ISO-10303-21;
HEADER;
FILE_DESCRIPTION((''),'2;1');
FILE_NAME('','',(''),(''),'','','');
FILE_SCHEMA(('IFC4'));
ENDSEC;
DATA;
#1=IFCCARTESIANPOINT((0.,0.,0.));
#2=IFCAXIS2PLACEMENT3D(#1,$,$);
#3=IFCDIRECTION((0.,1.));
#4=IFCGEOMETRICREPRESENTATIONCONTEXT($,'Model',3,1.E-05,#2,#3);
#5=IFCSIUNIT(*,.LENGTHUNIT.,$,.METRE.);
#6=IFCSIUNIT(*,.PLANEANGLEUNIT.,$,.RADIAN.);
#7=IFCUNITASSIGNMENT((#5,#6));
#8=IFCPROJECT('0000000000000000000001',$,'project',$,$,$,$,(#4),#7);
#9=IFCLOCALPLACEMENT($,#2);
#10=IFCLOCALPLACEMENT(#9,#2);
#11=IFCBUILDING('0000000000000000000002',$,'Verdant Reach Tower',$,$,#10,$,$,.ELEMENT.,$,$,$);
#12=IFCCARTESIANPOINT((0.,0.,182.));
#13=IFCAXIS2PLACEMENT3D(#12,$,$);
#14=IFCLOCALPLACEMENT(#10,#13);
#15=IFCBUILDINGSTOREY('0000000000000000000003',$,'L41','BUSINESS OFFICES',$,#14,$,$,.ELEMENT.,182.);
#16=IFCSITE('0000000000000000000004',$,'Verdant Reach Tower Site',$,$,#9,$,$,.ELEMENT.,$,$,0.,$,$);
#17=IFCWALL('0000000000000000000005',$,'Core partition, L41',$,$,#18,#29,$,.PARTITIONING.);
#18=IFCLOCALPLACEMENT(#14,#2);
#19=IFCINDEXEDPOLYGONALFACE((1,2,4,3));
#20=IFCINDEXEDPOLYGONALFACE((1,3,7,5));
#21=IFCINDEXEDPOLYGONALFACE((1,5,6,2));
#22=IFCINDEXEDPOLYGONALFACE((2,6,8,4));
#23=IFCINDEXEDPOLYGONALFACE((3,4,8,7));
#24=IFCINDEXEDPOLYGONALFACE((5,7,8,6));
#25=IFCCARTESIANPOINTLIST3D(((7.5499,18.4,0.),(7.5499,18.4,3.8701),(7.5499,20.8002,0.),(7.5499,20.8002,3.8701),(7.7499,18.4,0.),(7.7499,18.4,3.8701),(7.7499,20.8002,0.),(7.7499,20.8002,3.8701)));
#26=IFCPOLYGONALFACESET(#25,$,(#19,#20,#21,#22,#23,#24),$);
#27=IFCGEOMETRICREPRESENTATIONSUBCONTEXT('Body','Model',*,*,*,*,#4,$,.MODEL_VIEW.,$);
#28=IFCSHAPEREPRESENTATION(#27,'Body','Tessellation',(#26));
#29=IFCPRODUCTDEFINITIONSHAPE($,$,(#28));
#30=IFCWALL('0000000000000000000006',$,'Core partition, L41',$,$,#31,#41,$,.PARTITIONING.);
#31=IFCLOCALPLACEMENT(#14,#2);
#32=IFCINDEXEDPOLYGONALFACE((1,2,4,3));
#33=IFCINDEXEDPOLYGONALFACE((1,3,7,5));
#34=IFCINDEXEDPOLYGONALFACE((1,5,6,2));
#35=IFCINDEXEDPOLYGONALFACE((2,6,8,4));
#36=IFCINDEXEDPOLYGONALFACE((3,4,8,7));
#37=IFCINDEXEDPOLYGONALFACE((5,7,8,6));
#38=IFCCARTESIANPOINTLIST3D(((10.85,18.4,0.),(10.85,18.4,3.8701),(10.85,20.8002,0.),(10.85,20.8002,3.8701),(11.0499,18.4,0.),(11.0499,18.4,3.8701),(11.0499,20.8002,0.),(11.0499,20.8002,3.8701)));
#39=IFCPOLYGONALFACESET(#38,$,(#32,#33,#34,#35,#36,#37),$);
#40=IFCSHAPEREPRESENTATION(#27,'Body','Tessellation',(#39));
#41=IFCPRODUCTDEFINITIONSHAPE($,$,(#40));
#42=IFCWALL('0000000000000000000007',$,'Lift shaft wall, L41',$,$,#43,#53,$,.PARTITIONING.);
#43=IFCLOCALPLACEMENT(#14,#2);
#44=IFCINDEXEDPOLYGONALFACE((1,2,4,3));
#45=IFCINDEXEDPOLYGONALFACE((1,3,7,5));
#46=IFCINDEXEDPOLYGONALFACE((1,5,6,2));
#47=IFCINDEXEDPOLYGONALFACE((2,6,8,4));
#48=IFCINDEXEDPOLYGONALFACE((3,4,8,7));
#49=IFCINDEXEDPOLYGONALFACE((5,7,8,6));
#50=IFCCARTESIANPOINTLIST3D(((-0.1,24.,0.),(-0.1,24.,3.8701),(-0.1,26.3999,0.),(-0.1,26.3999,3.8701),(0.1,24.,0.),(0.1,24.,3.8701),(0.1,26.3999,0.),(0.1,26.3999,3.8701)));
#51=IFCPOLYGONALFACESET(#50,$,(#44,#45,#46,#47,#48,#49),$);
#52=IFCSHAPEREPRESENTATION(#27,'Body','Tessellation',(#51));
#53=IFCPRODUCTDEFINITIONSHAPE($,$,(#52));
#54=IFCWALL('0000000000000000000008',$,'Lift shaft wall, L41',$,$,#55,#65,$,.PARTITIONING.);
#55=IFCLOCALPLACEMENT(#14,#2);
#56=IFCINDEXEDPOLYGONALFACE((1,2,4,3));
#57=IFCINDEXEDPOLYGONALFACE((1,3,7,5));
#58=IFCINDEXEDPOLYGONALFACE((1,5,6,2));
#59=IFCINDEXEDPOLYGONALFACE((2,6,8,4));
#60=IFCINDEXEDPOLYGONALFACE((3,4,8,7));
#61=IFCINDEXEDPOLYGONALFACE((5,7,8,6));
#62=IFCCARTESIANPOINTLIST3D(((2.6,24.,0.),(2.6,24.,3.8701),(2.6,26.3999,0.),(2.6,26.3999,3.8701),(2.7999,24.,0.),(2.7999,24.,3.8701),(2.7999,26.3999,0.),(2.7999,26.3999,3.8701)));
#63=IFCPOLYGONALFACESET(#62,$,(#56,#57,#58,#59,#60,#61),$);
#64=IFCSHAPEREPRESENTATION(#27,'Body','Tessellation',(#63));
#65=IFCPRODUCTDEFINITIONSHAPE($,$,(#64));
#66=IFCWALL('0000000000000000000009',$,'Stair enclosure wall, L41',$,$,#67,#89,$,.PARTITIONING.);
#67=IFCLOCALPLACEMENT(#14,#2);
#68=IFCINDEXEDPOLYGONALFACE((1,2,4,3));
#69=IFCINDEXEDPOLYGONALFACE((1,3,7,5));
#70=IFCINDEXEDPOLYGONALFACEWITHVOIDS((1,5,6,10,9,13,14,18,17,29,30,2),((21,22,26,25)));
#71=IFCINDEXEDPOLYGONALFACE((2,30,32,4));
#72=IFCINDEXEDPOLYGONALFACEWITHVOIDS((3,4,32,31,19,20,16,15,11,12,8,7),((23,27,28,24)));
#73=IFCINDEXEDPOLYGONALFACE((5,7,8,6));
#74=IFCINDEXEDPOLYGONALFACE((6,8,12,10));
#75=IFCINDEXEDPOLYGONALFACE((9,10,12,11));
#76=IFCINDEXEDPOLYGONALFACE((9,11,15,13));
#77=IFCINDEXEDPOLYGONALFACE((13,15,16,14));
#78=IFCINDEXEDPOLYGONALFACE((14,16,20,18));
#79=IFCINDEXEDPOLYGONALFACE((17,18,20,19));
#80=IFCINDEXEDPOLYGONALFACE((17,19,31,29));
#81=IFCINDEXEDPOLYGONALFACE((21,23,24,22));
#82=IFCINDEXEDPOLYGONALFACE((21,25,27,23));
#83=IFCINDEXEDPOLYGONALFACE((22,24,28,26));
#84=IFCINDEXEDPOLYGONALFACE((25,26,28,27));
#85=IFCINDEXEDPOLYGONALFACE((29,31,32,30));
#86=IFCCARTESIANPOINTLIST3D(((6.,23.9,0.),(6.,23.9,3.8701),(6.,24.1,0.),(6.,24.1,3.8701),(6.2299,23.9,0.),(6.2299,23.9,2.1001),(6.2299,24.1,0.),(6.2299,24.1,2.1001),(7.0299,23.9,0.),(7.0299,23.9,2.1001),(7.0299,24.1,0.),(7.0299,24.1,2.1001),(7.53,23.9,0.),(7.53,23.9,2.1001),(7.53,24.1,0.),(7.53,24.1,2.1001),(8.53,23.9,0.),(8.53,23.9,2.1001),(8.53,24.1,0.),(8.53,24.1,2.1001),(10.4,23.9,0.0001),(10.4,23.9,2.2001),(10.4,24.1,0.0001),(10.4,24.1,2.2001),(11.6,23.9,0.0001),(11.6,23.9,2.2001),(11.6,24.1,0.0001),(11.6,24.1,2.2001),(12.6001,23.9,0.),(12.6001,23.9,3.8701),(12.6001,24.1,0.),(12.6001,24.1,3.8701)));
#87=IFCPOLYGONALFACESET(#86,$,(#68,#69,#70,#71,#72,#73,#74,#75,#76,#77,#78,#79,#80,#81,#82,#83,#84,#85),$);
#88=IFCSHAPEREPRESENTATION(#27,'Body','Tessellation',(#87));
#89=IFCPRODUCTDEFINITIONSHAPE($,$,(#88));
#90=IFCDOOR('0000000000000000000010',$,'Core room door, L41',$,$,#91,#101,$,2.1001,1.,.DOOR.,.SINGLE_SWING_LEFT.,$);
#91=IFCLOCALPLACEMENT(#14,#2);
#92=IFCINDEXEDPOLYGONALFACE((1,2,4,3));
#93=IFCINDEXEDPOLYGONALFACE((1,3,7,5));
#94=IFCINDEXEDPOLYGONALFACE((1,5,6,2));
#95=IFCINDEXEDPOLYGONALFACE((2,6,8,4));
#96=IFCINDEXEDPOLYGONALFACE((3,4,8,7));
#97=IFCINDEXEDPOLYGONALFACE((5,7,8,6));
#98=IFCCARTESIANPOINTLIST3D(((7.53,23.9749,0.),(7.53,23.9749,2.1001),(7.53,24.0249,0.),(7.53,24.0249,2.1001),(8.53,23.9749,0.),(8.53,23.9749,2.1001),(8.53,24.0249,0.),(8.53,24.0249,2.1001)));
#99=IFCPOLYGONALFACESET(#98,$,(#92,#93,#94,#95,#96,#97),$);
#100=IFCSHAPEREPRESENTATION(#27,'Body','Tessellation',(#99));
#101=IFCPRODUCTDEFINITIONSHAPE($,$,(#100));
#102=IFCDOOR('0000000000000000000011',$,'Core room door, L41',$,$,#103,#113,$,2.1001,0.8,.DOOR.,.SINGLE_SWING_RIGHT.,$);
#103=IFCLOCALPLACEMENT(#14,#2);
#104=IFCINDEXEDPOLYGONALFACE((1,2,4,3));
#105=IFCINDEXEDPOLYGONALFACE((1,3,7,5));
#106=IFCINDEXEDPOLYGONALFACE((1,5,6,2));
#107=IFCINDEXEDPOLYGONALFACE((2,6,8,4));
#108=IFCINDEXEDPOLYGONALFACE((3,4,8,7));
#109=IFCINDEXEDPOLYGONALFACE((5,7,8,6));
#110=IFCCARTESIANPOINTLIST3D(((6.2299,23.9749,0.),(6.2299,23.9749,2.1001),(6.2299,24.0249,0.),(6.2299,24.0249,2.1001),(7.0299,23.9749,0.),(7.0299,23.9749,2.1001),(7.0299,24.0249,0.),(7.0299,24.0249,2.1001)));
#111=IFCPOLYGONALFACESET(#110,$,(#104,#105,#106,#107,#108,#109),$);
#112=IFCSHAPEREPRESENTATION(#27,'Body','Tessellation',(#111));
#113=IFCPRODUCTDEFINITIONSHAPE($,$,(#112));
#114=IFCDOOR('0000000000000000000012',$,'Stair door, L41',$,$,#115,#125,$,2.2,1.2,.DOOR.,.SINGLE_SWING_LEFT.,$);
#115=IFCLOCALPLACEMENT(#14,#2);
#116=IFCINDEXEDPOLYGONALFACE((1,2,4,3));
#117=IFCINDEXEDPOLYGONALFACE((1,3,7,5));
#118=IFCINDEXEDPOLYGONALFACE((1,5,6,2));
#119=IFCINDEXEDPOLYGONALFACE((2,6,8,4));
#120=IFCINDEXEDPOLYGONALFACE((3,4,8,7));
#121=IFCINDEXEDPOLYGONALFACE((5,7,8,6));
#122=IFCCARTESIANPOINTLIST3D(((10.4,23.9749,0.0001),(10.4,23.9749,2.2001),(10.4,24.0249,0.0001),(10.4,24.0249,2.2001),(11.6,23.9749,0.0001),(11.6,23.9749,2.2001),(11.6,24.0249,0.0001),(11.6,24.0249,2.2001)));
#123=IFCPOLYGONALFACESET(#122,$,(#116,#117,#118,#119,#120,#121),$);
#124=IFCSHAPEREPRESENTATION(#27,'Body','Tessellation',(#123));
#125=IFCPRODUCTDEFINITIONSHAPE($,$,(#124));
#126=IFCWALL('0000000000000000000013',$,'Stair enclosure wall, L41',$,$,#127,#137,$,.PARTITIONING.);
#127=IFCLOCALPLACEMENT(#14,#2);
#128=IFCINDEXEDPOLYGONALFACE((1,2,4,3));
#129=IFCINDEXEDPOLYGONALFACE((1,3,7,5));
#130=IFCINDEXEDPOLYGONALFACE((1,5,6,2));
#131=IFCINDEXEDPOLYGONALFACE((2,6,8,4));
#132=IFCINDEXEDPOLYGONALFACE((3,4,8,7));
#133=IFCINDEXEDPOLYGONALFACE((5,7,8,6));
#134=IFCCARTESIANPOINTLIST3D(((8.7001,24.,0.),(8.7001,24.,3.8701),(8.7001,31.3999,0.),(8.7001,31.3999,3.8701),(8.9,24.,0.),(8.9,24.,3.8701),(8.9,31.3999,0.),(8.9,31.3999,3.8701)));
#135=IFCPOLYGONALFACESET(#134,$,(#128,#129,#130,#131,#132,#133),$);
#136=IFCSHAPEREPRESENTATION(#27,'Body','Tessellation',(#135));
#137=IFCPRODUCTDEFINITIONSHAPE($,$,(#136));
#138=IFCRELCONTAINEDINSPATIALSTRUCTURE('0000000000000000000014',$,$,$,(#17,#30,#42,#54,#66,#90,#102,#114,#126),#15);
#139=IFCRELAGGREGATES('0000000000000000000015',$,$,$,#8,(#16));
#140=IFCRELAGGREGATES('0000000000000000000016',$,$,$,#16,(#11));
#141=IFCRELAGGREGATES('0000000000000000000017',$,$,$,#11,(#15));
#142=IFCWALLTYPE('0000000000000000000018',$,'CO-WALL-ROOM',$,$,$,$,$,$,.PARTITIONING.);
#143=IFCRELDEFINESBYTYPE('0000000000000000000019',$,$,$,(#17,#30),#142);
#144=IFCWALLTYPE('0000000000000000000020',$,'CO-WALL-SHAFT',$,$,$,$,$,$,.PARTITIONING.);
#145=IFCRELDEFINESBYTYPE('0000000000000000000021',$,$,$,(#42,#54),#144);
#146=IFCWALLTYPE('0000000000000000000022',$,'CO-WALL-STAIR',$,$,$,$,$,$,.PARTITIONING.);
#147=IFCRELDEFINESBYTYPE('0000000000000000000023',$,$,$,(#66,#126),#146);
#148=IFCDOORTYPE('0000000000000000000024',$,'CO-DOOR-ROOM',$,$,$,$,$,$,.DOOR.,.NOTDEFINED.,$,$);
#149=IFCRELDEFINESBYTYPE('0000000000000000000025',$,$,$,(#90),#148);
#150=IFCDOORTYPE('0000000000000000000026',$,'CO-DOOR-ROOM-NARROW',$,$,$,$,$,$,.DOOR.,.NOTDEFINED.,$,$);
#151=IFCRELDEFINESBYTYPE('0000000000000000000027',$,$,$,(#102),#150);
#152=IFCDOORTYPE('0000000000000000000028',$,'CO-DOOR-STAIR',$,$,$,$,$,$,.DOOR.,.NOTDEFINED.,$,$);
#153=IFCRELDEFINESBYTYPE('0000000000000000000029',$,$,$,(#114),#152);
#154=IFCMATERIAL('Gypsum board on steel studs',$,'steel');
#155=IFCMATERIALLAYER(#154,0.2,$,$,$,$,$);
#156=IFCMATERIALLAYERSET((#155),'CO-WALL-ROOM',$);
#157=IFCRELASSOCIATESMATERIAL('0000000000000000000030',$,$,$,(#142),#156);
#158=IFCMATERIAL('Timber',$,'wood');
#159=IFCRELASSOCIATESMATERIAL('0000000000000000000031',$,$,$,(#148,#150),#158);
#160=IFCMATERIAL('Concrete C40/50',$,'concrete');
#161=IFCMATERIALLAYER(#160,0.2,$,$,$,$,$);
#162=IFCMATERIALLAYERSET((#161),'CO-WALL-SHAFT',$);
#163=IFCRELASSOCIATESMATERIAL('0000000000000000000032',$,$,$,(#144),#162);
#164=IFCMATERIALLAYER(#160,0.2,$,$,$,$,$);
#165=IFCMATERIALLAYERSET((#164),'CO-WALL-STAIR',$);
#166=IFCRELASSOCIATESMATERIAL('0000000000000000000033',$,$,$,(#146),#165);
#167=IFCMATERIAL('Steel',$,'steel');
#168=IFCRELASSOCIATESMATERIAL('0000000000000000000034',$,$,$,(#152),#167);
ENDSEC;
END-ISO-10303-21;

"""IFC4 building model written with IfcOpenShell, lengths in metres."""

from ifc_helpers import new_model, si_unit, direction, frame, frame_2d, origin, place, context, subcontext, project, spatial, rectangle, extrude, material, layer, layer_set, type_object, element, fill, save


model = new_model("IFC4")

# Units and contexts
model_context = context("Model", 3, precision=1e-05, world=origin(), true_north=direction((0.0, 1.0)))
body_context = subcontext(model_context, "Body", "Model", "MODEL_VIEW")
ifc_project = project(units=[si_unit("LENGTHUNIT", "METRE"), si_unit("PLANEANGLEUNIT", "RADIAN")], contexts=[model_context])

# Site, building, storey
site_placement = place(None, origin())
site = spatial("IfcSite", under=ifc_project, at=site_placement, Name="Verdant Reach Tower Site", CompositionType="ELEMENT", RefElevation=0.0)
building_placement = place(site_placement, origin())
building = spatial("IfcBuilding", under=site, at=building_placement, Name="Verdant Reach Tower", CompositionType="ELEMENT")
storey_placement = place(building_placement, frame((0.0, 0.0, 182.0)))
storey = spatial("IfcBuildingStorey", under=building, at=storey_placement, Name="L41", Description="BUSINESS OFFICES", CompositionType="ELEMENT", Elevation=182.0)

# Shared definitions
ifc_material_1 = material(Name="Gypsum board on steel studs", Category="steel")
ifc_layer_1 = layer(ifc_material_1, 0.2)
ifc_layer_set_1 = layer_set([ifc_layer_1], Name="CO-WALL-ROOM")
wall_type_1 = type_object("IfcWallType", Name="CO-WALL-ROOM", PredefinedType="PARTITIONING", material=ifc_layer_set_1)
ifc_material_2 = material(Name="Timber", Category="wood")
door_type_1 = type_object("IfcDoorType", Name="CO-DOOR-ROOM", OperationType="NOTDEFINED", PredefinedType="DOOR", material=ifc_material_2)

# Walls
for number, where, z_axis, x_axis, name in (
    (1, (7.6499, 18.3999, 0.0), (0.0, 0.0, 1.0), (0.0, 1.0, 0.0), "Core partition, L41"),
    (2, (10.95, 18.3999, 0.0), (0.0, 0.0, 1.0), (0.0, 1.0, 0.0), "Core partition, L41"),
):
    element("IfcWall", number, at=place(storey_placement, frame(where, z_axis=z_axis, x_axis=x_axis)), inside=storey, type_object=wall_type_1, Name=name, PredefinedType="PARTITIONING", context=body_context, shape_type="SweptSolid", body=[
        extrude(rectangle(XDim=2.4001, YDim=0.2, at=frame_2d((1.2002, 0.0))), origin(), (0.0, 0.0, 1.0), 3.8701),
    ])
ifc_material_3 = material(Name="Concrete C40/50", Category="concrete")
ifc_layer_2 = layer(ifc_material_3, 0.2)
ifc_layer_set_2 = layer_set([ifc_layer_2], Name="CO-WALL-SHAFT")
wall_type_2 = type_object("IfcWallType", Name="CO-WALL-SHAFT", PredefinedType="PARTITIONING", material=ifc_layer_set_2)
for number, where, z_axis, x_axis, name in (
    (3, (0.0, 24.0, 0.0), (0.0, 0.0, 1.0), (0.0, 1.0, 0.0), "Lift shaft wall, L41"),
    (4, (2.7, 24.0, 0.0), (0.0, 0.0, 1.0), (0.0, 1.0, 0.0), "Lift shaft wall, L41"),
):
    element("IfcWall", number, at=place(storey_placement, frame(where, z_axis=z_axis, x_axis=x_axis)), inside=storey, type_object=wall_type_2, Name=name, PredefinedType="PARTITIONING", context=body_context, shape_type="SweptSolid", body=[
        extrude(rectangle(XDim=2.3999, YDim=0.2, at=frame_2d((1.2, 0.0))), origin(), (0.0, 0.0, 1.0), 3.8701),
    ])

# Wall, openings, doors
ifc_layer_3 = layer(ifc_material_3, 0.2)
ifc_layer_set_3 = layer_set([ifc_layer_3], Name="CO-WALL-STAIR")
wall_type_3 = type_object("IfcWallType", Name="CO-WALL-STAIR", PredefinedType="PARTITIONING", material=ifc_layer_set_3)
wall_1_placement = place(storey_placement, frame((6.0, 24.0, 0.0), z_axis=(0.0, 0.0, 1.0), x_axis=(1.0, 0.0, 0.0)))
wall_1 = element("IfcWall", 5, at=wall_1_placement, inside=storey, type_object=wall_type_3, Name="Stair enclosure wall, L41", PredefinedType="PARTITIONING", context=body_context, shape_type="SweptSolid", body=[
    extrude(rectangle(XDim=6.6001, YDim=0.2, at=frame_2d((3.3, 0.0))), origin(), (0.0, 0.0, 1.0), 3.8701),
])
opening_1_placement = place(wall_1_placement, frame((0.23, 0.0, 0.0)))
opening_1 = element("IfcOpeningElement", 6, at=opening_1_placement, cuts=wall_1, PredefinedType="OPENING", context=body_context, shape_type="SweptSolid", body=[
    extrude(rectangle(XDim=0.8, YDim=2.1001, at=frame_2d((0.3999, 1.05))), frame((0.0, 0.1099, 0.0), z_axis=(0.0, -1.0, 0.0), x_axis=(1.0, 0.0, 0.0)), (0.0, 0.0, 1.0), 0.22),
])
opening_2_placement = place(wall_1_placement, frame((1.53, 0.0, 0.0)))
opening_2 = element("IfcOpeningElement", 7, at=opening_2_placement, cuts=wall_1, PredefinedType="OPENING", context=body_context, shape_type="SweptSolid", body=[
    extrude(rectangle(XDim=1.0, YDim=2.1001, at=frame_2d((0.5, 1.05))), frame((0.0, 0.1099, 0.0), z_axis=(0.0, -1.0, 0.0), x_axis=(1.0, 0.0, 0.0)), (0.0, 0.0, 1.0), 0.22),
])
opening_3_placement = place(wall_1_placement, frame((4.3999, 0.0, 0.0)))
opening_3 = element("IfcOpeningElement", 8, at=opening_3_placement, cuts=wall_1, PredefinedType="OPENING", context=body_context, shape_type="SweptSolid", body=[
    extrude(rectangle(XDim=1.2, YDim=2.2, at=frame_2d((0.6001, 1.1001))), frame((0.0, 0.1099, 0.0), z_axis=(0.0, -1.0, 0.0), x_axis=(1.0, 0.0, 0.0)), (0.0, 0.0, 1.0), 0.22),
])
door_1_placement = place(opening_2_placement, origin())
door_1 = element("IfcDoor", 9, at=door_1_placement, inside=storey, type_object=door_type_1, Name="Core room door, L41", OperationType="SINGLE_SWING_LEFT", OverallHeight=2.1001, OverallWidth=1.0, PredefinedType="DOOR", context=body_context, shape_type="SweptSolid", body=[
    extrude(rectangle(XDim=1.0, YDim=2.1001, at=frame_2d((0.5, 1.05))), frame((0.0, 0.0249, 0.0), z_axis=(0.0, -1.0, 0.0), x_axis=(1.0, 0.0, 0.0)), (0.0, 0.0, 1.0), 0.05),
])
fill(opening_2, door_1)
door_type_2 = type_object("IfcDoorType", Name="CO-DOOR-ROOM-NARROW", OperationType="NOTDEFINED", PredefinedType="DOOR", material=ifc_material_2)
door_2_placement = place(opening_1_placement, origin())
door_2 = element("IfcDoor", 10, at=door_2_placement, inside=storey, type_object=door_type_2, Name="Core room door, L41", OperationType="SINGLE_SWING_RIGHT", OverallHeight=2.1001, OverallWidth=0.8, PredefinedType="DOOR", context=body_context, shape_type="SweptSolid", body=[
    extrude(rectangle(XDim=0.8, YDim=2.1001, at=frame_2d((0.3999, 1.05))), frame((0.0, 0.0249, 0.0), z_axis=(0.0, -1.0, 0.0), x_axis=(1.0, 0.0, 0.0)), (0.0, 0.0, 1.0), 0.05),
])
fill(opening_1, door_2)
ifc_material_4 = material(Name="Steel", Category="steel")
door_type_3 = type_object("IfcDoorType", Name="CO-DOOR-STAIR", OperationType="NOTDEFINED", PredefinedType="DOOR", material=ifc_material_4)
door_3_placement = place(opening_3_placement, origin())
door_3 = element("IfcDoor", 11, at=door_3_placement, inside=storey, type_object=door_type_3, Name="Stair door, L41", OperationType="SINGLE_SWING_LEFT", OverallHeight=2.2, OverallWidth=1.2, PredefinedType="DOOR", context=body_context, shape_type="SweptSolid", body=[
    extrude(rectangle(XDim=1.2, YDim=2.2, at=frame_2d((0.6001, 1.1001))), frame((0.0, 0.0249, 0.0), z_axis=(0.0, -1.0, 0.0), x_axis=(1.0, 0.0, 0.0)), (0.0, 0.0, 1.0), 0.05),
])
fill(opening_3, door_3)

# Wall
wall_2_placement = place(storey_placement, frame((8.8, 24.0, 0.0), z_axis=(0.0, 0.0, 1.0), x_axis=(0.0, 1.0, 0.0)))
element("IfcWall", 12, at=wall_2_placement, inside=storey, type_object=wall_type_3, Name="Stair enclosure wall, L41", PredefinedType="PARTITIONING", context=body_context, shape_type="SweptSolid", body=[
    extrude(rectangle(XDim=7.3999, YDim=0.2, at=frame_2d((3.7, 0.0))), origin(), (0.0, 0.0, 1.0), 3.8701),
])

save(model, "model.ifc")
